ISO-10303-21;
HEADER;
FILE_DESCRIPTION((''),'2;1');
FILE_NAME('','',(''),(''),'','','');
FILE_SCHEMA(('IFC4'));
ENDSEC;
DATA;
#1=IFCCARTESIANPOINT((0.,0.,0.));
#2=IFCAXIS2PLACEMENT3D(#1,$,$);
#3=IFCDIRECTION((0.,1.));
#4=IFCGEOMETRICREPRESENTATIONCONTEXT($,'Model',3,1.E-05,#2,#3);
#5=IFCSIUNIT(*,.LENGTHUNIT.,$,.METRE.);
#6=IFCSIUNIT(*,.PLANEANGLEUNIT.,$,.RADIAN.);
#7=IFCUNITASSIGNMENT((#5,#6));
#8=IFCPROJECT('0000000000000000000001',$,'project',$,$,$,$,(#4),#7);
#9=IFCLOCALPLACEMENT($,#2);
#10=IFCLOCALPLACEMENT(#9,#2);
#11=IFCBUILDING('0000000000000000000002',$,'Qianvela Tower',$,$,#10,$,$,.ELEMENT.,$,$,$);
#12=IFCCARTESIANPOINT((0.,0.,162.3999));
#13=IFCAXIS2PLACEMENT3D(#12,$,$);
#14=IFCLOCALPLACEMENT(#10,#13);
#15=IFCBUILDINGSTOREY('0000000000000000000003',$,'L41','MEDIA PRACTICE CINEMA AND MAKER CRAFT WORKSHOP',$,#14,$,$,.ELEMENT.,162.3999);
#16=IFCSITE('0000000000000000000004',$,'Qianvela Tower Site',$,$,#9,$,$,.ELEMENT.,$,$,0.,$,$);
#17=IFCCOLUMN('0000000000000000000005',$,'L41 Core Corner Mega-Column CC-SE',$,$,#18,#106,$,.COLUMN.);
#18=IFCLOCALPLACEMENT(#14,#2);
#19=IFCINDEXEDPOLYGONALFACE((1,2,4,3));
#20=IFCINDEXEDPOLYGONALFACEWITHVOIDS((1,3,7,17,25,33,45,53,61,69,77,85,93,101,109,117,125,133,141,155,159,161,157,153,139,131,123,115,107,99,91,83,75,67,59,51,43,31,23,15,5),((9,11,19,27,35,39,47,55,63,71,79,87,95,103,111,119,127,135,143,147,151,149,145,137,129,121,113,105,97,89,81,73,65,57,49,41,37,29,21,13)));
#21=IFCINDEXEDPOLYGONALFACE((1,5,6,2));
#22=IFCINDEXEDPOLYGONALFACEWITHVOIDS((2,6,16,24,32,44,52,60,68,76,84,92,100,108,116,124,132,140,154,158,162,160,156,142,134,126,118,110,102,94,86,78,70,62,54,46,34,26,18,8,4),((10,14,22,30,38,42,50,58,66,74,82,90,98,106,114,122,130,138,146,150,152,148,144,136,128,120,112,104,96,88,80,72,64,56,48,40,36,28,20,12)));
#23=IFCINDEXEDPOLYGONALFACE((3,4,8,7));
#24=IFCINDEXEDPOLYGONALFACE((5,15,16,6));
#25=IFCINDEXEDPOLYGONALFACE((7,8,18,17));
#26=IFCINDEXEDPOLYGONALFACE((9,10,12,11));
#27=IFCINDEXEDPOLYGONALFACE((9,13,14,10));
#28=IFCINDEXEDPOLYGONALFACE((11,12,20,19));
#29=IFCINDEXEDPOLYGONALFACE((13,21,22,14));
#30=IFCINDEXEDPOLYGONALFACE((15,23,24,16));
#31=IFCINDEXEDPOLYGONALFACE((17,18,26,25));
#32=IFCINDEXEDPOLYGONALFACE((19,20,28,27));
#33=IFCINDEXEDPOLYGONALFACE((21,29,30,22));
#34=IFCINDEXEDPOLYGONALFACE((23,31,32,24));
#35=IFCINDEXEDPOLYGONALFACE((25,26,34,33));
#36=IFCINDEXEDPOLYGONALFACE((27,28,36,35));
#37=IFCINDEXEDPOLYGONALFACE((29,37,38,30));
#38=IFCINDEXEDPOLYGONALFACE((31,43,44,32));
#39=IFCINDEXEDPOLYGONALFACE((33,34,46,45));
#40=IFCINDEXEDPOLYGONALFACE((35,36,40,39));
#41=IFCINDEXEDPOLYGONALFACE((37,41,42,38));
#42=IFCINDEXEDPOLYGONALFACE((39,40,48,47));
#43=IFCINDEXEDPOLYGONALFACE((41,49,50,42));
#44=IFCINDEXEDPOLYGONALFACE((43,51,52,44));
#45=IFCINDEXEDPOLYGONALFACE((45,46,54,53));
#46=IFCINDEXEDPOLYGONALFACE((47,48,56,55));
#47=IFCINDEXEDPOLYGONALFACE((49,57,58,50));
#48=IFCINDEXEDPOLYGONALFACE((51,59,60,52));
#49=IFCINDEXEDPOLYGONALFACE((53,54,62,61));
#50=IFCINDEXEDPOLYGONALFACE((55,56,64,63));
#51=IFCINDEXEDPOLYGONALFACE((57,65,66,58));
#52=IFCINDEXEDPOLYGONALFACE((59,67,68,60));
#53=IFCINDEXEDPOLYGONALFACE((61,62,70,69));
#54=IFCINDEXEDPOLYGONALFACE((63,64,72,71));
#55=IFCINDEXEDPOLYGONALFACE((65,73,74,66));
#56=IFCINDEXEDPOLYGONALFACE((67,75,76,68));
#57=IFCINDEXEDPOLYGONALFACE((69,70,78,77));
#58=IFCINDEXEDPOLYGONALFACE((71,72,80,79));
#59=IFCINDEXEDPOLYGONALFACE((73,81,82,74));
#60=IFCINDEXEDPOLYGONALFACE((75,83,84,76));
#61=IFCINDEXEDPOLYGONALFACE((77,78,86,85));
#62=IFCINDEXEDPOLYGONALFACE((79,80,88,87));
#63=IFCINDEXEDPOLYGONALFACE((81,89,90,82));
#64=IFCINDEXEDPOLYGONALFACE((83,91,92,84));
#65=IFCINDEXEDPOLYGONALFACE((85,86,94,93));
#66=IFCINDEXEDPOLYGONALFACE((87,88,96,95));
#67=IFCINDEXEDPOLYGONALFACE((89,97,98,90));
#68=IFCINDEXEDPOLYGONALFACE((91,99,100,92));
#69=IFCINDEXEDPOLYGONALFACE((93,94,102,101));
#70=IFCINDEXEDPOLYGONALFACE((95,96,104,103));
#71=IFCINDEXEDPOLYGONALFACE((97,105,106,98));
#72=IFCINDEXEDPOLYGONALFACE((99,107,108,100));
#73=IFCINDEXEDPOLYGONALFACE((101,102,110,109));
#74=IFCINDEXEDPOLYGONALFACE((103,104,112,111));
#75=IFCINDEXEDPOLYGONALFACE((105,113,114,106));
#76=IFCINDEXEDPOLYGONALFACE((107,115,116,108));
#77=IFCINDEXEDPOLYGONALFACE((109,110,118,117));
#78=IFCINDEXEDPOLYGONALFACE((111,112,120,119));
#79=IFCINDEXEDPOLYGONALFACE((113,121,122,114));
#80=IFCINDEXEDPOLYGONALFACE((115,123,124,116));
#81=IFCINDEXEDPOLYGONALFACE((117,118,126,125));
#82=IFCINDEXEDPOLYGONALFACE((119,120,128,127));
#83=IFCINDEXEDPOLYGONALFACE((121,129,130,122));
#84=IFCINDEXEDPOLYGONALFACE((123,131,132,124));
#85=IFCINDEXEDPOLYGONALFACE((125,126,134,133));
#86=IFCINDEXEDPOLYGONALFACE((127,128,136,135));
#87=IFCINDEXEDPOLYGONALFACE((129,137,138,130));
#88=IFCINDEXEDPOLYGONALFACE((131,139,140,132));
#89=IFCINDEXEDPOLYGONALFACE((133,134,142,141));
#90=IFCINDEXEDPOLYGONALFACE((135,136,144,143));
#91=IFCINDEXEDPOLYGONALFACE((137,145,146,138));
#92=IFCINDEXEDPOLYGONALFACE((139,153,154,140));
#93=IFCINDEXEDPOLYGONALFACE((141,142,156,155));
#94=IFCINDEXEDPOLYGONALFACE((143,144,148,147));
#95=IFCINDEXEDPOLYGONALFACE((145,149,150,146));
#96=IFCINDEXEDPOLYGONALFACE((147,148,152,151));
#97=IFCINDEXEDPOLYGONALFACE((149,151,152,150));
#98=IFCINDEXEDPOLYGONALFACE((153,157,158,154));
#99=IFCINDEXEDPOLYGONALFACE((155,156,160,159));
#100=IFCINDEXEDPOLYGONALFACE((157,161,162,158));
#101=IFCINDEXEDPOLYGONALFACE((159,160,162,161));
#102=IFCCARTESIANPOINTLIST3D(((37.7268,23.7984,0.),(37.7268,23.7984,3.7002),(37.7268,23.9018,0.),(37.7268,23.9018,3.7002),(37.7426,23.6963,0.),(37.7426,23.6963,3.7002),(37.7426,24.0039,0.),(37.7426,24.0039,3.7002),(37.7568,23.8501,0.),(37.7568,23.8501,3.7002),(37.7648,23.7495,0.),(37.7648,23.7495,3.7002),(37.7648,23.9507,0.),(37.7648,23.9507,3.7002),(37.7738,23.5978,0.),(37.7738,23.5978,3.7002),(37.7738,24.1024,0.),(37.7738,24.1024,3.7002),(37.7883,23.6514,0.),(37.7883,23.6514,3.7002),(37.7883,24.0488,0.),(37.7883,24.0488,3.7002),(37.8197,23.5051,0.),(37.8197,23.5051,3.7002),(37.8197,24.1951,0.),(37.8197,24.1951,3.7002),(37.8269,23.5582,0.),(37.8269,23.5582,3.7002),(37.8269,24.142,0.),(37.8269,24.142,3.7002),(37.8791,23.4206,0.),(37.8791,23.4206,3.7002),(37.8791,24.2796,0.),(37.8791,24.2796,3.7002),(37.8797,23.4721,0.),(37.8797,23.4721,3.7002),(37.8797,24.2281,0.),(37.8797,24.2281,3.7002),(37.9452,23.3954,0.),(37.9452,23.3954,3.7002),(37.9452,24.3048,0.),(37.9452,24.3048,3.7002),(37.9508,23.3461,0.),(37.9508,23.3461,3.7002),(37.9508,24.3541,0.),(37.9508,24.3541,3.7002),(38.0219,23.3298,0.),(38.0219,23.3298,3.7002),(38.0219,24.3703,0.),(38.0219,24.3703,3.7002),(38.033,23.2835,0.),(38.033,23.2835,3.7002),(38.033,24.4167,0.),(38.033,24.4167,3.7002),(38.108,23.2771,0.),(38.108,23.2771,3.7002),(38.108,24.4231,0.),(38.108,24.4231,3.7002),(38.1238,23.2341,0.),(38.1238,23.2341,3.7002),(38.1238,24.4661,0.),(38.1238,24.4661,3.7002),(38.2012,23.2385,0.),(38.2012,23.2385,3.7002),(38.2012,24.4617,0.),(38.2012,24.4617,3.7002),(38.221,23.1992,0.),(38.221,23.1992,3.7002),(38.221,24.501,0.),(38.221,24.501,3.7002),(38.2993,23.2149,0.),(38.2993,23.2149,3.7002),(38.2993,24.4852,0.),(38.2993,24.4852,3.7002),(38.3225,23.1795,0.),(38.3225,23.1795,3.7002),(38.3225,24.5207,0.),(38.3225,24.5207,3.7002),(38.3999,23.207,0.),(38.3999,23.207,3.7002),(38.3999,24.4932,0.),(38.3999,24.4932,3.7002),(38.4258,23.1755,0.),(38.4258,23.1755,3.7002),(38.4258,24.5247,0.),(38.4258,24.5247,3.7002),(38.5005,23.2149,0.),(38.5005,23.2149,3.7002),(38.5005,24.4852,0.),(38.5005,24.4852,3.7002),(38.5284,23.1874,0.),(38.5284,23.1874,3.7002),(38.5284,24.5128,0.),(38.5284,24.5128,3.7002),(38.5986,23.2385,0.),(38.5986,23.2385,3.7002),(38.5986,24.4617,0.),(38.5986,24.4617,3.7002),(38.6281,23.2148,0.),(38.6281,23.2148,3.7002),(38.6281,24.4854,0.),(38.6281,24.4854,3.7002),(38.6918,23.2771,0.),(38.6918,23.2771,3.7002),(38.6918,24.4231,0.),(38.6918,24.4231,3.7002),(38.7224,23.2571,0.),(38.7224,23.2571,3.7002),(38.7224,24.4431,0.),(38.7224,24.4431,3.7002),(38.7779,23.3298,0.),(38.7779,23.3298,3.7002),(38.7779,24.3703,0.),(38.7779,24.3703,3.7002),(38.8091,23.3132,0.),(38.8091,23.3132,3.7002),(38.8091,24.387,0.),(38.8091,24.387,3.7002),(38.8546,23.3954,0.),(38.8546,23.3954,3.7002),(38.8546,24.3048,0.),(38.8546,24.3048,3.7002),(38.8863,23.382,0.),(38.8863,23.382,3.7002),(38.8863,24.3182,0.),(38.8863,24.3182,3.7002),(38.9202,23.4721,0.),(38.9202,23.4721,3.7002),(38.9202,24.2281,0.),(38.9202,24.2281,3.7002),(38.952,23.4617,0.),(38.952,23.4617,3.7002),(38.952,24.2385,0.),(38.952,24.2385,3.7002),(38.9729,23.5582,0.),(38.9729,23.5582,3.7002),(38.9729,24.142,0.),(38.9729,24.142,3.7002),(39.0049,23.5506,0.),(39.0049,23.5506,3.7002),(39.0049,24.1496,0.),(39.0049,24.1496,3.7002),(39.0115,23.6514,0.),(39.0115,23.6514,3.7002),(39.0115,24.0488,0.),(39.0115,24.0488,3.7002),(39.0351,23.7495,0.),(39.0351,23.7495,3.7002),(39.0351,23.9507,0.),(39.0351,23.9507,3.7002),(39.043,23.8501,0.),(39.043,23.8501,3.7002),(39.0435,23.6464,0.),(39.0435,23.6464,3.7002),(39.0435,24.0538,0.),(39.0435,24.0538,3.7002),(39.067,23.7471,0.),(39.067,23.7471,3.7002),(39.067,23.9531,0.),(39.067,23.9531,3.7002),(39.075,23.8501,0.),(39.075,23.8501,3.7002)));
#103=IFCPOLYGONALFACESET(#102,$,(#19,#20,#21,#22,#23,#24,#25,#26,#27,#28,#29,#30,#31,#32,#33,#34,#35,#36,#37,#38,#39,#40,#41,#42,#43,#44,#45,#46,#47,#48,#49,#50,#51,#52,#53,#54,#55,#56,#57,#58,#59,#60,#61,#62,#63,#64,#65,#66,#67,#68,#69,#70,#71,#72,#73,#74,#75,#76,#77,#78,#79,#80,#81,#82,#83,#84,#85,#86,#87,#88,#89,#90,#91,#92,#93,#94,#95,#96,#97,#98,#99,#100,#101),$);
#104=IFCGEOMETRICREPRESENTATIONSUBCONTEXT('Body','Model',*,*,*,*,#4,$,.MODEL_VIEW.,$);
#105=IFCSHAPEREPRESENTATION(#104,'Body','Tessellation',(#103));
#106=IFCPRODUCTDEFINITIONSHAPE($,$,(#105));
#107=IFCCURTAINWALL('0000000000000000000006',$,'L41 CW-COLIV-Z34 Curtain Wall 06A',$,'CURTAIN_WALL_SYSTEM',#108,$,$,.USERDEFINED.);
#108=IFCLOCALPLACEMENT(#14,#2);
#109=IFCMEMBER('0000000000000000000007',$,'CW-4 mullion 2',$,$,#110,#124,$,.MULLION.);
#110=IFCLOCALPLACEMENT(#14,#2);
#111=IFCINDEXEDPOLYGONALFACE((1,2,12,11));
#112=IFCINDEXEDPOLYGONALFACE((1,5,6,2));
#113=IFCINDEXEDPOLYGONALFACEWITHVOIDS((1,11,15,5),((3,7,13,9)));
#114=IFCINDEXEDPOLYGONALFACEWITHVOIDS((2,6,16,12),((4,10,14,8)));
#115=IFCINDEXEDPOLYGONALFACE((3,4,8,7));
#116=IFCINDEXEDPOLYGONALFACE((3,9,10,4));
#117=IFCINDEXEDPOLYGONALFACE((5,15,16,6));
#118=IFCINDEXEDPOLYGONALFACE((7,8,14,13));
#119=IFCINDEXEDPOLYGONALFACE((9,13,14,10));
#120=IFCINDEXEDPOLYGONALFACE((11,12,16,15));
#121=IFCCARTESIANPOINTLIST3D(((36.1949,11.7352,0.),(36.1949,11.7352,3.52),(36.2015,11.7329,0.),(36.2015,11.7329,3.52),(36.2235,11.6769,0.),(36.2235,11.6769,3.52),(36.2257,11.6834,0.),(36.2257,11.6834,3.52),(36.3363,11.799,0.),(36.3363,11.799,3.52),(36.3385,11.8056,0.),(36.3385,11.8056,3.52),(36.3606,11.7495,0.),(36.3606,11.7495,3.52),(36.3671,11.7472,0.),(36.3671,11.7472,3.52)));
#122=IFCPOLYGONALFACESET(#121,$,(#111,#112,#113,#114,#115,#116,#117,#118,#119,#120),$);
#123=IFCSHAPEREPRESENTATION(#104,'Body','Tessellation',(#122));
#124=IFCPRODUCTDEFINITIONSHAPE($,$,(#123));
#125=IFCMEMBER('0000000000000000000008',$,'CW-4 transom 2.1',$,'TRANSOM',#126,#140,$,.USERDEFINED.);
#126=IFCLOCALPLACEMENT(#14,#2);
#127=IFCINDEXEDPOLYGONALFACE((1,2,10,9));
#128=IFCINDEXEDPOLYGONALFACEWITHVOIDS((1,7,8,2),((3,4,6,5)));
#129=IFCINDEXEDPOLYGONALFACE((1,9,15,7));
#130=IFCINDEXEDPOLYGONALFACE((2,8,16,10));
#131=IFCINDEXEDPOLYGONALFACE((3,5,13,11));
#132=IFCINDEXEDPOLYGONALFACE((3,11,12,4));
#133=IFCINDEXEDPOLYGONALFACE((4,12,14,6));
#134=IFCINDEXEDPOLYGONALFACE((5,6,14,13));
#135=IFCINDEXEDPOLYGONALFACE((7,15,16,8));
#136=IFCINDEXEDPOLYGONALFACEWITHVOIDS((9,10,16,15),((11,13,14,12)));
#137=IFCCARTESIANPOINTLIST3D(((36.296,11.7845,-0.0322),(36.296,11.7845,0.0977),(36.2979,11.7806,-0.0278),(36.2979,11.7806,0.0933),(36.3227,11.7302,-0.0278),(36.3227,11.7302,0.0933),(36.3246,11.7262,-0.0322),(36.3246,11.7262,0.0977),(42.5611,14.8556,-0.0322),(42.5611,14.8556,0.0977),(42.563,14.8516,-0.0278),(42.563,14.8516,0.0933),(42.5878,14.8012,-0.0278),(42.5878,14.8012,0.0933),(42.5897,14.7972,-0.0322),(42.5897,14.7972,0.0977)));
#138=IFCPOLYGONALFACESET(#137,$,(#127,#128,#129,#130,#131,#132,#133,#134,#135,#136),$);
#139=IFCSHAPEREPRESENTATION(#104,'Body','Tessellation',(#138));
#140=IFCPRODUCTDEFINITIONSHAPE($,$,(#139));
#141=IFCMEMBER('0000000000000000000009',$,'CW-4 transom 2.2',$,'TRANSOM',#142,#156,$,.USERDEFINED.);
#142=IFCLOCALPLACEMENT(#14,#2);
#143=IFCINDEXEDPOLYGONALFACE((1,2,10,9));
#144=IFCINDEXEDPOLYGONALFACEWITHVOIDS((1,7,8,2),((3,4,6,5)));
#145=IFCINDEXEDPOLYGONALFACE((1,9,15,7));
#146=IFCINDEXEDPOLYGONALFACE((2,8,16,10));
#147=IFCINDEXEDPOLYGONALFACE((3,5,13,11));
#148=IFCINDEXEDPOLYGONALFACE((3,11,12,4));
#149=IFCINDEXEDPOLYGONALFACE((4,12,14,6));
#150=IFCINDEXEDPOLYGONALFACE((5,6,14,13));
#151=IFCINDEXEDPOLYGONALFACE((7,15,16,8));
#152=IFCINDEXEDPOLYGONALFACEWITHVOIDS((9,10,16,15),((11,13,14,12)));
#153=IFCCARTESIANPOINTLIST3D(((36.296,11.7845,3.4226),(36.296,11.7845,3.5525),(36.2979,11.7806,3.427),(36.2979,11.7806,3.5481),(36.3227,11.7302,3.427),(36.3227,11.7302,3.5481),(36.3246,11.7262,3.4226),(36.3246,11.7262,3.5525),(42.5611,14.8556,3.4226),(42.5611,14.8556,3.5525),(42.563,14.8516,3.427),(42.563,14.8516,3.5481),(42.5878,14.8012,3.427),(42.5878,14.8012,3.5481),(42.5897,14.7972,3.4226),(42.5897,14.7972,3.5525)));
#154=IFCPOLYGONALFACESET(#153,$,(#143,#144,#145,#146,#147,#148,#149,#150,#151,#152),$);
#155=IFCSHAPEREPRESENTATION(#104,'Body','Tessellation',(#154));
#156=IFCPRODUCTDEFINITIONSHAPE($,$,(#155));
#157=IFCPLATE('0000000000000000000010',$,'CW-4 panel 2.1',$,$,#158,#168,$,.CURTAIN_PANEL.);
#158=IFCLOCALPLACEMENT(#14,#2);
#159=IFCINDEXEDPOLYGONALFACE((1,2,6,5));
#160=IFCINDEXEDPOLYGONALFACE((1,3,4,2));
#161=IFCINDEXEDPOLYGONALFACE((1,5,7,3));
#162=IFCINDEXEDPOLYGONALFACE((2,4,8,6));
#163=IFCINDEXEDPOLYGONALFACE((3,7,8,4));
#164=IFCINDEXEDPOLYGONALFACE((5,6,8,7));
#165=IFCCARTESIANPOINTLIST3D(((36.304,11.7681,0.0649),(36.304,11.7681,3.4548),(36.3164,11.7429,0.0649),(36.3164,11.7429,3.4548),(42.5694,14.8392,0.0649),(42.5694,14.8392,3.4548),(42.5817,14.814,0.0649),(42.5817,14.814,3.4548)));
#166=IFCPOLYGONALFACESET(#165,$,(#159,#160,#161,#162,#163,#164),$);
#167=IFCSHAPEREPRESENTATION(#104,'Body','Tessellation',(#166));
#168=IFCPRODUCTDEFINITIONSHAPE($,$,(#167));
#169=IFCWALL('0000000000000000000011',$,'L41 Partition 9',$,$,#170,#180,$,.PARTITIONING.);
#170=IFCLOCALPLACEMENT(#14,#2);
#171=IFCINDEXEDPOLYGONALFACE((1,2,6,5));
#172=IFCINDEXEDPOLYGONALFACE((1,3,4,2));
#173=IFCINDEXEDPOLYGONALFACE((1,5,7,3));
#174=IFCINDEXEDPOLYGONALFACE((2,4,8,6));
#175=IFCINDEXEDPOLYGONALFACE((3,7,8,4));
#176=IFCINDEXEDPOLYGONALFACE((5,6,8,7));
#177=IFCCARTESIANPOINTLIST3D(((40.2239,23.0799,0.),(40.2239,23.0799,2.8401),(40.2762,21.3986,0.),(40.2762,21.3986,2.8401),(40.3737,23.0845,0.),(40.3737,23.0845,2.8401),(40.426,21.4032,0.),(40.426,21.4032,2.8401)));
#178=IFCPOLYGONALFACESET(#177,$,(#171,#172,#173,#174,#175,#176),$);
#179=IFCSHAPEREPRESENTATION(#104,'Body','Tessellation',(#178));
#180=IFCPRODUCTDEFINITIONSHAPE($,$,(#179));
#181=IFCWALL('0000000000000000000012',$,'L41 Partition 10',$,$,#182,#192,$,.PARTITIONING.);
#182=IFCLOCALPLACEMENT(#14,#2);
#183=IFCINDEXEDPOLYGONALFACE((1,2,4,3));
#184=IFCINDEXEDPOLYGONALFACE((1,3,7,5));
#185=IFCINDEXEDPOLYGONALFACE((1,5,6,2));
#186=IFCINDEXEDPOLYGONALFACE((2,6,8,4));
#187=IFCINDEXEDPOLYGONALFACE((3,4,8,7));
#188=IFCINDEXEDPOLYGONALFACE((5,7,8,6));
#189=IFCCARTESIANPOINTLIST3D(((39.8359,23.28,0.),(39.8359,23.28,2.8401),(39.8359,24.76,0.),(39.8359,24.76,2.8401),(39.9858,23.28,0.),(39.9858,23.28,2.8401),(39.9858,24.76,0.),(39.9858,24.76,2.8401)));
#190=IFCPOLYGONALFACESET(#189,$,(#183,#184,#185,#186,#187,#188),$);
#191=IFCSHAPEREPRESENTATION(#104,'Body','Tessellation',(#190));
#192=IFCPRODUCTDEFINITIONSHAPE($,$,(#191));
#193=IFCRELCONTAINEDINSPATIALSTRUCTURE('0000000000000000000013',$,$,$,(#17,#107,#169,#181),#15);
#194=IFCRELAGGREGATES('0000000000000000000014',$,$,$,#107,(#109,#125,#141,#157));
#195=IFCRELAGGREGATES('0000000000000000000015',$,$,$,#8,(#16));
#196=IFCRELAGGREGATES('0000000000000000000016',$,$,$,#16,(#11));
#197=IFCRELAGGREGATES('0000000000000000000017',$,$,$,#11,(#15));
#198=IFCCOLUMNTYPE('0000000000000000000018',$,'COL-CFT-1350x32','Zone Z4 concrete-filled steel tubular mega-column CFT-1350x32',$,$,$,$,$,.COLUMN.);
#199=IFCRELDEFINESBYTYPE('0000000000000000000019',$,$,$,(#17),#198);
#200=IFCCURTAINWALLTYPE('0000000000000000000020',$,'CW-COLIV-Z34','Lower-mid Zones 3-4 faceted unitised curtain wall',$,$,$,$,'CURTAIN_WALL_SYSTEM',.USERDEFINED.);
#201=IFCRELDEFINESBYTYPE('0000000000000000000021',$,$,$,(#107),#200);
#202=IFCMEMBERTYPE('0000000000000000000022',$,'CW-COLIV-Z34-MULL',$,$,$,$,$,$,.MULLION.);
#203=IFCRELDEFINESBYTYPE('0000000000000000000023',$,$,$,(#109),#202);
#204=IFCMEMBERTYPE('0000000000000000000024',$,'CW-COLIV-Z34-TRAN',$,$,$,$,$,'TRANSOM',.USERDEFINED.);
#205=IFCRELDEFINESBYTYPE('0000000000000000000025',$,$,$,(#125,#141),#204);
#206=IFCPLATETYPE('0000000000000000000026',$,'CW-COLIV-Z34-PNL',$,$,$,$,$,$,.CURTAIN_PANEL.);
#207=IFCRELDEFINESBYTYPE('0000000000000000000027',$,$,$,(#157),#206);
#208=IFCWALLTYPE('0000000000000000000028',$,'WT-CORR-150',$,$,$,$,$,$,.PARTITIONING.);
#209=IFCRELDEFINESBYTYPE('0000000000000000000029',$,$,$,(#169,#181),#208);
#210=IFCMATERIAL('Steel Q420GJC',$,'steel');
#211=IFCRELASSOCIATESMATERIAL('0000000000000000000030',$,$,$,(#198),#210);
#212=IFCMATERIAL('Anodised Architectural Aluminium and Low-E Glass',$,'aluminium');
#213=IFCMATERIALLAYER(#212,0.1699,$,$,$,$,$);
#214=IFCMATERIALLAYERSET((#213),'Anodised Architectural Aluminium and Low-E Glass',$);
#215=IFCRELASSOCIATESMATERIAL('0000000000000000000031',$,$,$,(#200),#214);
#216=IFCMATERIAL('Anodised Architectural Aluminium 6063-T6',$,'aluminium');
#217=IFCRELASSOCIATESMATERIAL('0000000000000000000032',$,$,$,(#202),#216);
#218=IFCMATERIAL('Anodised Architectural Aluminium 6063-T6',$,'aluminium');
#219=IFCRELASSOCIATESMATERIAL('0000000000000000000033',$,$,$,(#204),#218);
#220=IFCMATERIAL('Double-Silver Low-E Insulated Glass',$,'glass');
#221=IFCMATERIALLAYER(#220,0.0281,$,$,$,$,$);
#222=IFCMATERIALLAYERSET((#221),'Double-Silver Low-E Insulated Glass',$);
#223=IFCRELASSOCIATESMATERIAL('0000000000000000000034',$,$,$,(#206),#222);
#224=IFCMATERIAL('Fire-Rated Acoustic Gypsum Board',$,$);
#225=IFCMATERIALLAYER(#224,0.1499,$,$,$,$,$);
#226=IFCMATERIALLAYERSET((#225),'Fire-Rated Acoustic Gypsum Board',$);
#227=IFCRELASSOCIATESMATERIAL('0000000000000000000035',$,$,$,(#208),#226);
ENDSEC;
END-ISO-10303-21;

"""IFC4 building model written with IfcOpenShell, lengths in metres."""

from ifc_helpers import new_model, si_unit, direction, frame, frame_2d, origin, origin_2d, place, context, subcontext, project, spatial, rectangle, hollow_rectangle, hollow_circle, extrude, material, layer, layer_set, material_profile, profile_set, type_object, element, aggregate, save


model = new_model("IFC4")

# Units and contexts
model_context = context("Model", 3, precision=1e-05, world=origin(), true_north=direction((0.0, 1.0)))
body_context = subcontext(model_context, "Body", "Model", "MODEL_VIEW")
ifc_project = project(units=[si_unit("LENGTHUNIT", "METRE"), si_unit("PLANEANGLEUNIT", "RADIAN")], contexts=[model_context])

# Site, building, storey
site_placement = place(None, origin())
site = spatial("IfcSite", under=ifc_project, at=site_placement, Name="Qianvela Tower Site", CompositionType="ELEMENT", RefElevation=0.0)
building_placement = place(site_placement, origin())
building = spatial("IfcBuilding", under=site, at=building_placement, Name="Qianvela Tower", CompositionType="ELEMENT")
storey_placement = place(building_placement, frame((0.0, 0.0, 162.3999)))
storey = spatial("IfcBuildingStorey", under=building, at=storey_placement, Name="L41", Description="MEDIA PRACTICE CINEMA AND MAKER CRAFT WORKSHOP", CompositionType="ELEMENT", Elevation=162.3999)

# Column
ifc_material_1 = material(Name="Steel Q420GJC", Category="steel")
ifc_material_profile_1 = material_profile(ifc_material_1, hollow_circle(Radius=0.675, WallThickness=0.032, at=origin_2d()), Name="CFT-1350x32")
ifc_profile_set_1 = profile_set([ifc_material_profile_1], Name="Steel Q420GJC")
column_type = type_object("IfcColumnType", Name="COL-CFT-1350x32", Description="Zone Z4 concrete-filled steel tubular mega-column CFT-1350x32", PredefinedType="COLUMN", material=ifc_profile_set_1)
column_placement = place(storey_placement, frame((38.3999, 23.8501, 0.0), z_axis=(0.0, 0.0, 1.0), x_axis=(1.0, 0.0, 0.0)))
element("IfcColumn", 1, at=column_placement, inside=storey, type_object=column_type, Name="L41 Core Corner Mega-Column CC-SE", PredefinedType="COLUMN", context=body_context, shape_type="SweptSolid", body=[
    extrude(hollow_circle(Radius=0.675, WallThickness=0.032, at=origin_2d()), origin(), (0.0, 0.0, 1.0), 3.7002),
])

# Curtain wall, members, plate
ifc_material_2 = material(Name="Anodised Architectural Aluminium and Low-E Glass", Category="aluminium")
ifc_layer_1 = layer(ifc_material_2, 0.1699)
ifc_layer_set_1 = layer_set([ifc_layer_1], Name="Anodised Architectural Aluminium and Low-E Glass")
curtain_wall_type = type_object("IfcCurtainWallType", Name="CW-COLIV-Z34", Description="Lower-mid Zones 3-4 faceted unitised curtain wall", ElementType="CURTAIN_WALL_SYSTEM", PredefinedType="USERDEFINED", material=ifc_layer_set_1)
curtain_wall_placement = place(storey_placement, origin())
curtain_wall = element("IfcCurtainWall", 2, at=curtain_wall_placement, inside=storey, type_object=curtain_wall_type, Name="L41 CW-COLIV-Z34 Curtain Wall 06A", ObjectType="CURTAIN_WALL_SYSTEM", PredefinedType="USERDEFINED")
ifc_material_3 = material(Name="Anodised Architectural Aluminium 6063-T6", Category="aluminium")
ifc_material_profile_2 = material_profile(ifc_material_3, hollow_rectangle(XDim=0.0649, YDim=0.1599, WallThickness=0.0049, at=origin_2d()), Name="ALU-MULL-65x160")
ifc_profile_set_2 = profile_set([ifc_material_profile_2], Name="Anodised Architectural Aluminium 6063-T6")
member_type_1 = type_object("IfcMemberType", Name="CW-COLIV-Z34-MULL", PredefinedType="MULLION", material=ifc_profile_set_2)
member_1_placement = place(storey_placement, frame((36.281, 11.7412, 0.0), z_axis=(0.0, 0.0, 1.0), x_axis=(-0.440141, 0.897929, 0.0)))
member_1 = element("IfcMember", 3, at=member_1_placement, type_object=member_type_1, Name="CW-4 mullion 2", PredefinedType="MULLION", context=body_context, shape_type="SweptSolid", body=[
    extrude(hollow_rectangle(XDim=0.0649, YDim=0.1599, WallThickness=0.0049, at=origin_2d()), origin(), (0.0, 0.0, 1.0), 3.52),
])
ifc_material_4 = material(Name="Anodised Architectural Aluminium 6063-T6", Category="aluminium")
ifc_material_profile_3 = material_profile(ifc_material_4, hollow_rectangle(XDim=0.0649, YDim=0.1299, WallThickness=0.0044, at=origin_2d()), Name="ALU-TRAN-65x130")
ifc_profile_set_3 = profile_set([ifc_material_profile_3], Name="Anodised Architectural Aluminium 6063-T6")
member_type_2 = type_object("IfcMemberType", Name="CW-COLIV-Z34-TRAN", ElementType="TRANSOM", PredefinedType="USERDEFINED", material=ifc_profile_set_3)
member_2_placement = place(storey_placement, frame((36.3103, 11.7554, 0.0327), z_axis=(0.897926, 0.440146, 0.0), x_axis=(-0.440146, 0.897926, 0.0)))
member_2 = element("IfcMember", 4, at=member_2_placement, type_object=member_type_2, Name="CW-4 transom 2.1", ObjectType="TRANSOM", PredefinedType="USERDEFINED", context=body_context, shape_type="SweptSolid", body=[
    extrude(hollow_rectangle(XDim=0.0649, YDim=0.1299, WallThickness=0.0044, at=origin_2d()), origin(), (0.0, 0.0, 1.0), 6.9773),
])
member_3_placement = place(storey_placement, frame((36.3103, 11.7554, 3.4875), z_axis=(0.897926, 0.440146, 0.0), x_axis=(-0.440146, 0.897926, 0.0)))
member_3 = element("IfcMember", 5, at=member_3_placement, type_object=member_type_2, Name="CW-4 transom 2.2", ObjectType="TRANSOM", PredefinedType="USERDEFINED", context=body_context, shape_type="SweptSolid", body=[
    extrude(hollow_rectangle(XDim=0.0649, YDim=0.1299, WallThickness=0.0044, at=origin_2d()), origin(), (0.0, 0.0, 1.0), 6.9773),
])
ifc_material_5 = material(Name="Double-Silver Low-E Insulated Glass", Category="glass")
ifc_layer_2 = layer(ifc_material_5, 0.0281)
ifc_layer_set_2 = layer_set([ifc_layer_2], Name="Double-Silver Low-E Insulated Glass")
plate_type = type_object("IfcPlateType", Name="CW-COLIV-Z34-PNL", PredefinedType="CURTAIN_PANEL", material=ifc_layer_set_2)
plate_placement = place(storey_placement, frame((39.4429, 13.291, 0.0649), z_axis=(0.0, 0.0, 1.0), x_axis=(0.897929, 0.440141, 0.0)))
plate = element("IfcPlate", 6, at=plate_placement, type_object=plate_type, Name="CW-4 panel 2.1", PredefinedType="CURTAIN_PANEL", context=body_context, shape_type="SweptSolid", body=[
    extrude(rectangle(XDim=6.9775, YDim=0.0281, at=origin_2d()), origin(), (0.0, 0.0, 1.0), 3.3899),
])
aggregate(curtain_wall, [member_1, member_2, member_3, plate])

# Walls
ifc_material_6 = material(Name="Fire-Rated Acoustic Gypsum Board")
ifc_layer_3 = layer(ifc_material_6, 0.1499)
ifc_layer_set_3 = layer_set([ifc_layer_3], Name="Fire-Rated Acoustic Gypsum Board")
wall_type_1 = type_object("IfcWallType", Name="WT-CORR-150", PredefinedType="PARTITIONING", material=ifc_layer_set_3)
wall_1_placement = place(storey_placement, frame((40.3511, 21.4009, 0.0), z_axis=(0.0, 0.0, 1.0), x_axis=(-0.031058, 0.999518, 0.0)))
element("IfcWall", 7, at=wall_1_placement, inside=storey, type_object=wall_type_1, Name="L41 Partition 9", PredefinedType="PARTITIONING", context=body_context, shape_type="SweptSolid", body=[
    extrude(rectangle(XDim=1.6821, YDim=0.1499, at=frame_2d((0.8411, 0.0))), origin(), (0.0, 0.0, 1.0), 2.8401),
])
wall_2_placement = place(storey_placement, frame((39.9109, 23.28, 0.0), z_axis=(0.0, 0.0, 1.0), x_axis=(0.0, 1.0, 0.0)))
element("IfcWall", 8, at=wall_2_placement, inside=storey, type_object=wall_type_1, Name="L41 Partition 10", PredefinedType="PARTITIONING", context=body_context, shape_type="SweptSolid", body=[
    extrude(rectangle(XDim=1.48, YDim=0.1499, at=frame_2d((0.74, 0.0))), origin(), (0.0, 0.0, 1.0), 2.8401),
])

save(model, "model.ifc")
